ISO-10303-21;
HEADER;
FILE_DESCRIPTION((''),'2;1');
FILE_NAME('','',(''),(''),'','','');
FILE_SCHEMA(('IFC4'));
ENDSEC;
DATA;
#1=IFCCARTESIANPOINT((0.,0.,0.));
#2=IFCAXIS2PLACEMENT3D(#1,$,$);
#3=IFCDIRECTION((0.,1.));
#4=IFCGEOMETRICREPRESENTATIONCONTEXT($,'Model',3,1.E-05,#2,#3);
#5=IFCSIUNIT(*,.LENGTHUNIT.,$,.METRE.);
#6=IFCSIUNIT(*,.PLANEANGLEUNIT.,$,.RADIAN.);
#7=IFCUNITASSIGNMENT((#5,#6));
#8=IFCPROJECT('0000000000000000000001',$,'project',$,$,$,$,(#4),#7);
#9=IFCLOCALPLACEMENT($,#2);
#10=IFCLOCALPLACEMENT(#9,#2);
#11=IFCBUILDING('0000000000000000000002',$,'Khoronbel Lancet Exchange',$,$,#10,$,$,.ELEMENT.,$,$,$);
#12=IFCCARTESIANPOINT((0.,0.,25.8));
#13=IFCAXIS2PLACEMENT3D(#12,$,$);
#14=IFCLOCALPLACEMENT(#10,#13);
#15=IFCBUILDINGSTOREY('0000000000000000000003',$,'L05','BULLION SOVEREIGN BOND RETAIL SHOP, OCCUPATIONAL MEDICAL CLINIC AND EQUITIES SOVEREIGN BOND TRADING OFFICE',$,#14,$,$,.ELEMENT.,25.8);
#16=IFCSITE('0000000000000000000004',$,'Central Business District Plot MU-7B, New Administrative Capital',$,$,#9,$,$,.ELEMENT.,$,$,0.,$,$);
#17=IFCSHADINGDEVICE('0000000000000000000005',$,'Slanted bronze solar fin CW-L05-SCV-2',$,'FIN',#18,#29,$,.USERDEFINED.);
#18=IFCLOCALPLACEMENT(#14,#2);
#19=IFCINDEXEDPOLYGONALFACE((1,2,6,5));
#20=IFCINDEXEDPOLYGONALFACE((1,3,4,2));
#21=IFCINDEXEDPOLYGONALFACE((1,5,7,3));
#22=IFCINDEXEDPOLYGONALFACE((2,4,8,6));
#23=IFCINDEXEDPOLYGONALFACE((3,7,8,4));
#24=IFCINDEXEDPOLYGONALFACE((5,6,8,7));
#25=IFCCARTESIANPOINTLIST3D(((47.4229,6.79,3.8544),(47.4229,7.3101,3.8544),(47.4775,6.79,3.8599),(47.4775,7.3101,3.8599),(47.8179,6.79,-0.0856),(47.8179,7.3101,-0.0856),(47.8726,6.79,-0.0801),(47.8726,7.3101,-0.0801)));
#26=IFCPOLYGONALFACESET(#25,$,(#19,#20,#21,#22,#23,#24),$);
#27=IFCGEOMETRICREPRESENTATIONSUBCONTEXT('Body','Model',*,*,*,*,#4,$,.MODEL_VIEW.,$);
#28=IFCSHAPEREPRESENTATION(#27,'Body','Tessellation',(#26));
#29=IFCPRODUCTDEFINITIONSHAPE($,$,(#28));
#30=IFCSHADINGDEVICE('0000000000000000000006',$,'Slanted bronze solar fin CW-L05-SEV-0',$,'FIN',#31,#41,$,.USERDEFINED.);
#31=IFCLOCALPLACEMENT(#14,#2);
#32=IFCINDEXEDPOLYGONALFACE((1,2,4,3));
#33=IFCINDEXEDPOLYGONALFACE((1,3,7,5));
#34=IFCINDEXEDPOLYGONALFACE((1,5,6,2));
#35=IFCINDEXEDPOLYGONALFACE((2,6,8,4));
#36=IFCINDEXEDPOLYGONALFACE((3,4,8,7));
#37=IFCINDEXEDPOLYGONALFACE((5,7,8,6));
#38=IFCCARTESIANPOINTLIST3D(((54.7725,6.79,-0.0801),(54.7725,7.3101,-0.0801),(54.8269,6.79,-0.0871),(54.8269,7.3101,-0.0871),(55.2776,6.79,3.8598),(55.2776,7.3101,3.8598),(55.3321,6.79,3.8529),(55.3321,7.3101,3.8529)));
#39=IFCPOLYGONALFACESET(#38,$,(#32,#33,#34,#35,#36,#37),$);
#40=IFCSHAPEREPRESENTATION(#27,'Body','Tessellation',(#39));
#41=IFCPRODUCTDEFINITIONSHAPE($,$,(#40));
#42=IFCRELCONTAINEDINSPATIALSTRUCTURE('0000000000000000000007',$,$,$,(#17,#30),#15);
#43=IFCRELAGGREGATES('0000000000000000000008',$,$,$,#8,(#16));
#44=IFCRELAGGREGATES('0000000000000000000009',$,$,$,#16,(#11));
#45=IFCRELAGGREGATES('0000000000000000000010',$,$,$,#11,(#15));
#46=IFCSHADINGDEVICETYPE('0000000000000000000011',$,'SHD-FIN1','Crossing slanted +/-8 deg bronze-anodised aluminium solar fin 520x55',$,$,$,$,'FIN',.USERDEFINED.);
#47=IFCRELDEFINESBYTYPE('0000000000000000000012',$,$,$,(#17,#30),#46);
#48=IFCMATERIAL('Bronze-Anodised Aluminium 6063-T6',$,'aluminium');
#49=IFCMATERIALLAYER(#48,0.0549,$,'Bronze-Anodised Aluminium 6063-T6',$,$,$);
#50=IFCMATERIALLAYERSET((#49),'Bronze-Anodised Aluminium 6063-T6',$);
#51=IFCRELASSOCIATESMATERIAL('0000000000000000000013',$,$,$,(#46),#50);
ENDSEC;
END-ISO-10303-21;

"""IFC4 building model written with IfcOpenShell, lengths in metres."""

from ifc_helpers import new_model, si_unit, direction, frame, origin, place, context, subcontext, project, spatial, polyline, outline, extrude, material, layer, layer_set, type_object, element, save


model = new_model("IFC4")

# Units and contexts
model_context = context("Model", 3, precision=1e-05, world=origin(), true_north=direction((0.0, 1.0)))
body_context = subcontext(model_context, "Body", "Model", "MODEL_VIEW")
ifc_project = project(units=[si_unit("LENGTHUNIT", "METRE"), si_unit("PLANEANGLEUNIT", "RADIAN")], contexts=[model_context])

# Site, building, storey
site_placement = place(None, origin())
site = spatial("IfcSite", under=ifc_project, at=site_placement, Name="Central Business District Plot MU-7B, New Administrative Capital", CompositionType="ELEMENT", RefElevation=0.0)
building_placement = place(site_placement, origin())
building = spatial("IfcBuilding", under=site, at=building_placement, Name="Khoronbel Lancet Exchange", CompositionType="ELEMENT")
storey_placement = place(building_placement, frame((0.0, 0.0, 25.8)))
storey = spatial("IfcBuildingStorey", under=building, at=storey_placement, Name="L05", Description="BULLION SOVEREIGN BOND RETAIL SHOP, OCCUPATIONAL MEDICAL CLINIC AND EQUITIES SOVEREIGN BOND TRADING OFFICE", CompositionType="ELEMENT", Elevation=25.8)

# Shared definitions
ifc_material_1 = material(Name="Bronze-Anodised Aluminium 6063-T6", Category="aluminium")

# Shading devices
ifc_layer_1 = layer(ifc_material_1, 0.0549, Name="Bronze-Anodised Aluminium 6063-T6")
ifc_layer_set_1 = layer_set([ifc_layer_1], Name="Bronze-Anodised Aluminium 6063-T6")
shading_device_type = type_object("IfcShadingDeviceType", Name="SHD-FIN1", Description="Crossing slanted +/-8 deg bronze-anodised aluminium solar fin 520x55", ElementType="FIN", PredefinedType="USERDEFINED", material=ifc_layer_set_1)
shading_device_1_placement = place(storey_placement, frame((47.8726, 7.3101, -0.0801), z_axis=(0.995012, 0.0, 0.09976), x_axis=(0.0, -1.0, 0.0)))
element("IfcShadingDevice", 1, at=shading_device_1_placement, inside=storey, type_object=shading_device_type, Name="Slanted bronze solar fin CW-L05-SCV-2", ObjectType="FIN", PredefinedType="USERDEFINED", context=body_context, shape_type="SweptSolid", body=[
    extrude(outline(polyline([(0.0, 0.0), (0.52, 0.0), (0.52, -3.9597), (0.0, -3.9597), (0.0, 0.0)])), origin(), (0.0, 0.0, -1.0), 0.0549),
])
shading_device_2_placement = place(storey_placement, frame((54.7725, 7.3101, -0.0801), z_axis=(-0.991881, 0.0, 0.127166), x_axis=(0.0, -1.0, 0.0)))
element("IfcShadingDevice", 2, at=shading_device_2_placement, inside=storey, type_object=shading_device_type, Name="Slanted bronze solar fin CW-L05-SEV-0", ObjectType="FIN", PredefinedType="USERDEFINED", context=body_context, shape_type="SweptSolid", body=[
    extrude(outline(polyline([(0.0, 0.0), (0.52, 0.0), (0.52, 3.9722), (0.0, 3.9722), (0.0, 0.0)])), origin(), (0.0, 0.0, -1.0), 0.0549),
])

save(model, "model.ifc")
